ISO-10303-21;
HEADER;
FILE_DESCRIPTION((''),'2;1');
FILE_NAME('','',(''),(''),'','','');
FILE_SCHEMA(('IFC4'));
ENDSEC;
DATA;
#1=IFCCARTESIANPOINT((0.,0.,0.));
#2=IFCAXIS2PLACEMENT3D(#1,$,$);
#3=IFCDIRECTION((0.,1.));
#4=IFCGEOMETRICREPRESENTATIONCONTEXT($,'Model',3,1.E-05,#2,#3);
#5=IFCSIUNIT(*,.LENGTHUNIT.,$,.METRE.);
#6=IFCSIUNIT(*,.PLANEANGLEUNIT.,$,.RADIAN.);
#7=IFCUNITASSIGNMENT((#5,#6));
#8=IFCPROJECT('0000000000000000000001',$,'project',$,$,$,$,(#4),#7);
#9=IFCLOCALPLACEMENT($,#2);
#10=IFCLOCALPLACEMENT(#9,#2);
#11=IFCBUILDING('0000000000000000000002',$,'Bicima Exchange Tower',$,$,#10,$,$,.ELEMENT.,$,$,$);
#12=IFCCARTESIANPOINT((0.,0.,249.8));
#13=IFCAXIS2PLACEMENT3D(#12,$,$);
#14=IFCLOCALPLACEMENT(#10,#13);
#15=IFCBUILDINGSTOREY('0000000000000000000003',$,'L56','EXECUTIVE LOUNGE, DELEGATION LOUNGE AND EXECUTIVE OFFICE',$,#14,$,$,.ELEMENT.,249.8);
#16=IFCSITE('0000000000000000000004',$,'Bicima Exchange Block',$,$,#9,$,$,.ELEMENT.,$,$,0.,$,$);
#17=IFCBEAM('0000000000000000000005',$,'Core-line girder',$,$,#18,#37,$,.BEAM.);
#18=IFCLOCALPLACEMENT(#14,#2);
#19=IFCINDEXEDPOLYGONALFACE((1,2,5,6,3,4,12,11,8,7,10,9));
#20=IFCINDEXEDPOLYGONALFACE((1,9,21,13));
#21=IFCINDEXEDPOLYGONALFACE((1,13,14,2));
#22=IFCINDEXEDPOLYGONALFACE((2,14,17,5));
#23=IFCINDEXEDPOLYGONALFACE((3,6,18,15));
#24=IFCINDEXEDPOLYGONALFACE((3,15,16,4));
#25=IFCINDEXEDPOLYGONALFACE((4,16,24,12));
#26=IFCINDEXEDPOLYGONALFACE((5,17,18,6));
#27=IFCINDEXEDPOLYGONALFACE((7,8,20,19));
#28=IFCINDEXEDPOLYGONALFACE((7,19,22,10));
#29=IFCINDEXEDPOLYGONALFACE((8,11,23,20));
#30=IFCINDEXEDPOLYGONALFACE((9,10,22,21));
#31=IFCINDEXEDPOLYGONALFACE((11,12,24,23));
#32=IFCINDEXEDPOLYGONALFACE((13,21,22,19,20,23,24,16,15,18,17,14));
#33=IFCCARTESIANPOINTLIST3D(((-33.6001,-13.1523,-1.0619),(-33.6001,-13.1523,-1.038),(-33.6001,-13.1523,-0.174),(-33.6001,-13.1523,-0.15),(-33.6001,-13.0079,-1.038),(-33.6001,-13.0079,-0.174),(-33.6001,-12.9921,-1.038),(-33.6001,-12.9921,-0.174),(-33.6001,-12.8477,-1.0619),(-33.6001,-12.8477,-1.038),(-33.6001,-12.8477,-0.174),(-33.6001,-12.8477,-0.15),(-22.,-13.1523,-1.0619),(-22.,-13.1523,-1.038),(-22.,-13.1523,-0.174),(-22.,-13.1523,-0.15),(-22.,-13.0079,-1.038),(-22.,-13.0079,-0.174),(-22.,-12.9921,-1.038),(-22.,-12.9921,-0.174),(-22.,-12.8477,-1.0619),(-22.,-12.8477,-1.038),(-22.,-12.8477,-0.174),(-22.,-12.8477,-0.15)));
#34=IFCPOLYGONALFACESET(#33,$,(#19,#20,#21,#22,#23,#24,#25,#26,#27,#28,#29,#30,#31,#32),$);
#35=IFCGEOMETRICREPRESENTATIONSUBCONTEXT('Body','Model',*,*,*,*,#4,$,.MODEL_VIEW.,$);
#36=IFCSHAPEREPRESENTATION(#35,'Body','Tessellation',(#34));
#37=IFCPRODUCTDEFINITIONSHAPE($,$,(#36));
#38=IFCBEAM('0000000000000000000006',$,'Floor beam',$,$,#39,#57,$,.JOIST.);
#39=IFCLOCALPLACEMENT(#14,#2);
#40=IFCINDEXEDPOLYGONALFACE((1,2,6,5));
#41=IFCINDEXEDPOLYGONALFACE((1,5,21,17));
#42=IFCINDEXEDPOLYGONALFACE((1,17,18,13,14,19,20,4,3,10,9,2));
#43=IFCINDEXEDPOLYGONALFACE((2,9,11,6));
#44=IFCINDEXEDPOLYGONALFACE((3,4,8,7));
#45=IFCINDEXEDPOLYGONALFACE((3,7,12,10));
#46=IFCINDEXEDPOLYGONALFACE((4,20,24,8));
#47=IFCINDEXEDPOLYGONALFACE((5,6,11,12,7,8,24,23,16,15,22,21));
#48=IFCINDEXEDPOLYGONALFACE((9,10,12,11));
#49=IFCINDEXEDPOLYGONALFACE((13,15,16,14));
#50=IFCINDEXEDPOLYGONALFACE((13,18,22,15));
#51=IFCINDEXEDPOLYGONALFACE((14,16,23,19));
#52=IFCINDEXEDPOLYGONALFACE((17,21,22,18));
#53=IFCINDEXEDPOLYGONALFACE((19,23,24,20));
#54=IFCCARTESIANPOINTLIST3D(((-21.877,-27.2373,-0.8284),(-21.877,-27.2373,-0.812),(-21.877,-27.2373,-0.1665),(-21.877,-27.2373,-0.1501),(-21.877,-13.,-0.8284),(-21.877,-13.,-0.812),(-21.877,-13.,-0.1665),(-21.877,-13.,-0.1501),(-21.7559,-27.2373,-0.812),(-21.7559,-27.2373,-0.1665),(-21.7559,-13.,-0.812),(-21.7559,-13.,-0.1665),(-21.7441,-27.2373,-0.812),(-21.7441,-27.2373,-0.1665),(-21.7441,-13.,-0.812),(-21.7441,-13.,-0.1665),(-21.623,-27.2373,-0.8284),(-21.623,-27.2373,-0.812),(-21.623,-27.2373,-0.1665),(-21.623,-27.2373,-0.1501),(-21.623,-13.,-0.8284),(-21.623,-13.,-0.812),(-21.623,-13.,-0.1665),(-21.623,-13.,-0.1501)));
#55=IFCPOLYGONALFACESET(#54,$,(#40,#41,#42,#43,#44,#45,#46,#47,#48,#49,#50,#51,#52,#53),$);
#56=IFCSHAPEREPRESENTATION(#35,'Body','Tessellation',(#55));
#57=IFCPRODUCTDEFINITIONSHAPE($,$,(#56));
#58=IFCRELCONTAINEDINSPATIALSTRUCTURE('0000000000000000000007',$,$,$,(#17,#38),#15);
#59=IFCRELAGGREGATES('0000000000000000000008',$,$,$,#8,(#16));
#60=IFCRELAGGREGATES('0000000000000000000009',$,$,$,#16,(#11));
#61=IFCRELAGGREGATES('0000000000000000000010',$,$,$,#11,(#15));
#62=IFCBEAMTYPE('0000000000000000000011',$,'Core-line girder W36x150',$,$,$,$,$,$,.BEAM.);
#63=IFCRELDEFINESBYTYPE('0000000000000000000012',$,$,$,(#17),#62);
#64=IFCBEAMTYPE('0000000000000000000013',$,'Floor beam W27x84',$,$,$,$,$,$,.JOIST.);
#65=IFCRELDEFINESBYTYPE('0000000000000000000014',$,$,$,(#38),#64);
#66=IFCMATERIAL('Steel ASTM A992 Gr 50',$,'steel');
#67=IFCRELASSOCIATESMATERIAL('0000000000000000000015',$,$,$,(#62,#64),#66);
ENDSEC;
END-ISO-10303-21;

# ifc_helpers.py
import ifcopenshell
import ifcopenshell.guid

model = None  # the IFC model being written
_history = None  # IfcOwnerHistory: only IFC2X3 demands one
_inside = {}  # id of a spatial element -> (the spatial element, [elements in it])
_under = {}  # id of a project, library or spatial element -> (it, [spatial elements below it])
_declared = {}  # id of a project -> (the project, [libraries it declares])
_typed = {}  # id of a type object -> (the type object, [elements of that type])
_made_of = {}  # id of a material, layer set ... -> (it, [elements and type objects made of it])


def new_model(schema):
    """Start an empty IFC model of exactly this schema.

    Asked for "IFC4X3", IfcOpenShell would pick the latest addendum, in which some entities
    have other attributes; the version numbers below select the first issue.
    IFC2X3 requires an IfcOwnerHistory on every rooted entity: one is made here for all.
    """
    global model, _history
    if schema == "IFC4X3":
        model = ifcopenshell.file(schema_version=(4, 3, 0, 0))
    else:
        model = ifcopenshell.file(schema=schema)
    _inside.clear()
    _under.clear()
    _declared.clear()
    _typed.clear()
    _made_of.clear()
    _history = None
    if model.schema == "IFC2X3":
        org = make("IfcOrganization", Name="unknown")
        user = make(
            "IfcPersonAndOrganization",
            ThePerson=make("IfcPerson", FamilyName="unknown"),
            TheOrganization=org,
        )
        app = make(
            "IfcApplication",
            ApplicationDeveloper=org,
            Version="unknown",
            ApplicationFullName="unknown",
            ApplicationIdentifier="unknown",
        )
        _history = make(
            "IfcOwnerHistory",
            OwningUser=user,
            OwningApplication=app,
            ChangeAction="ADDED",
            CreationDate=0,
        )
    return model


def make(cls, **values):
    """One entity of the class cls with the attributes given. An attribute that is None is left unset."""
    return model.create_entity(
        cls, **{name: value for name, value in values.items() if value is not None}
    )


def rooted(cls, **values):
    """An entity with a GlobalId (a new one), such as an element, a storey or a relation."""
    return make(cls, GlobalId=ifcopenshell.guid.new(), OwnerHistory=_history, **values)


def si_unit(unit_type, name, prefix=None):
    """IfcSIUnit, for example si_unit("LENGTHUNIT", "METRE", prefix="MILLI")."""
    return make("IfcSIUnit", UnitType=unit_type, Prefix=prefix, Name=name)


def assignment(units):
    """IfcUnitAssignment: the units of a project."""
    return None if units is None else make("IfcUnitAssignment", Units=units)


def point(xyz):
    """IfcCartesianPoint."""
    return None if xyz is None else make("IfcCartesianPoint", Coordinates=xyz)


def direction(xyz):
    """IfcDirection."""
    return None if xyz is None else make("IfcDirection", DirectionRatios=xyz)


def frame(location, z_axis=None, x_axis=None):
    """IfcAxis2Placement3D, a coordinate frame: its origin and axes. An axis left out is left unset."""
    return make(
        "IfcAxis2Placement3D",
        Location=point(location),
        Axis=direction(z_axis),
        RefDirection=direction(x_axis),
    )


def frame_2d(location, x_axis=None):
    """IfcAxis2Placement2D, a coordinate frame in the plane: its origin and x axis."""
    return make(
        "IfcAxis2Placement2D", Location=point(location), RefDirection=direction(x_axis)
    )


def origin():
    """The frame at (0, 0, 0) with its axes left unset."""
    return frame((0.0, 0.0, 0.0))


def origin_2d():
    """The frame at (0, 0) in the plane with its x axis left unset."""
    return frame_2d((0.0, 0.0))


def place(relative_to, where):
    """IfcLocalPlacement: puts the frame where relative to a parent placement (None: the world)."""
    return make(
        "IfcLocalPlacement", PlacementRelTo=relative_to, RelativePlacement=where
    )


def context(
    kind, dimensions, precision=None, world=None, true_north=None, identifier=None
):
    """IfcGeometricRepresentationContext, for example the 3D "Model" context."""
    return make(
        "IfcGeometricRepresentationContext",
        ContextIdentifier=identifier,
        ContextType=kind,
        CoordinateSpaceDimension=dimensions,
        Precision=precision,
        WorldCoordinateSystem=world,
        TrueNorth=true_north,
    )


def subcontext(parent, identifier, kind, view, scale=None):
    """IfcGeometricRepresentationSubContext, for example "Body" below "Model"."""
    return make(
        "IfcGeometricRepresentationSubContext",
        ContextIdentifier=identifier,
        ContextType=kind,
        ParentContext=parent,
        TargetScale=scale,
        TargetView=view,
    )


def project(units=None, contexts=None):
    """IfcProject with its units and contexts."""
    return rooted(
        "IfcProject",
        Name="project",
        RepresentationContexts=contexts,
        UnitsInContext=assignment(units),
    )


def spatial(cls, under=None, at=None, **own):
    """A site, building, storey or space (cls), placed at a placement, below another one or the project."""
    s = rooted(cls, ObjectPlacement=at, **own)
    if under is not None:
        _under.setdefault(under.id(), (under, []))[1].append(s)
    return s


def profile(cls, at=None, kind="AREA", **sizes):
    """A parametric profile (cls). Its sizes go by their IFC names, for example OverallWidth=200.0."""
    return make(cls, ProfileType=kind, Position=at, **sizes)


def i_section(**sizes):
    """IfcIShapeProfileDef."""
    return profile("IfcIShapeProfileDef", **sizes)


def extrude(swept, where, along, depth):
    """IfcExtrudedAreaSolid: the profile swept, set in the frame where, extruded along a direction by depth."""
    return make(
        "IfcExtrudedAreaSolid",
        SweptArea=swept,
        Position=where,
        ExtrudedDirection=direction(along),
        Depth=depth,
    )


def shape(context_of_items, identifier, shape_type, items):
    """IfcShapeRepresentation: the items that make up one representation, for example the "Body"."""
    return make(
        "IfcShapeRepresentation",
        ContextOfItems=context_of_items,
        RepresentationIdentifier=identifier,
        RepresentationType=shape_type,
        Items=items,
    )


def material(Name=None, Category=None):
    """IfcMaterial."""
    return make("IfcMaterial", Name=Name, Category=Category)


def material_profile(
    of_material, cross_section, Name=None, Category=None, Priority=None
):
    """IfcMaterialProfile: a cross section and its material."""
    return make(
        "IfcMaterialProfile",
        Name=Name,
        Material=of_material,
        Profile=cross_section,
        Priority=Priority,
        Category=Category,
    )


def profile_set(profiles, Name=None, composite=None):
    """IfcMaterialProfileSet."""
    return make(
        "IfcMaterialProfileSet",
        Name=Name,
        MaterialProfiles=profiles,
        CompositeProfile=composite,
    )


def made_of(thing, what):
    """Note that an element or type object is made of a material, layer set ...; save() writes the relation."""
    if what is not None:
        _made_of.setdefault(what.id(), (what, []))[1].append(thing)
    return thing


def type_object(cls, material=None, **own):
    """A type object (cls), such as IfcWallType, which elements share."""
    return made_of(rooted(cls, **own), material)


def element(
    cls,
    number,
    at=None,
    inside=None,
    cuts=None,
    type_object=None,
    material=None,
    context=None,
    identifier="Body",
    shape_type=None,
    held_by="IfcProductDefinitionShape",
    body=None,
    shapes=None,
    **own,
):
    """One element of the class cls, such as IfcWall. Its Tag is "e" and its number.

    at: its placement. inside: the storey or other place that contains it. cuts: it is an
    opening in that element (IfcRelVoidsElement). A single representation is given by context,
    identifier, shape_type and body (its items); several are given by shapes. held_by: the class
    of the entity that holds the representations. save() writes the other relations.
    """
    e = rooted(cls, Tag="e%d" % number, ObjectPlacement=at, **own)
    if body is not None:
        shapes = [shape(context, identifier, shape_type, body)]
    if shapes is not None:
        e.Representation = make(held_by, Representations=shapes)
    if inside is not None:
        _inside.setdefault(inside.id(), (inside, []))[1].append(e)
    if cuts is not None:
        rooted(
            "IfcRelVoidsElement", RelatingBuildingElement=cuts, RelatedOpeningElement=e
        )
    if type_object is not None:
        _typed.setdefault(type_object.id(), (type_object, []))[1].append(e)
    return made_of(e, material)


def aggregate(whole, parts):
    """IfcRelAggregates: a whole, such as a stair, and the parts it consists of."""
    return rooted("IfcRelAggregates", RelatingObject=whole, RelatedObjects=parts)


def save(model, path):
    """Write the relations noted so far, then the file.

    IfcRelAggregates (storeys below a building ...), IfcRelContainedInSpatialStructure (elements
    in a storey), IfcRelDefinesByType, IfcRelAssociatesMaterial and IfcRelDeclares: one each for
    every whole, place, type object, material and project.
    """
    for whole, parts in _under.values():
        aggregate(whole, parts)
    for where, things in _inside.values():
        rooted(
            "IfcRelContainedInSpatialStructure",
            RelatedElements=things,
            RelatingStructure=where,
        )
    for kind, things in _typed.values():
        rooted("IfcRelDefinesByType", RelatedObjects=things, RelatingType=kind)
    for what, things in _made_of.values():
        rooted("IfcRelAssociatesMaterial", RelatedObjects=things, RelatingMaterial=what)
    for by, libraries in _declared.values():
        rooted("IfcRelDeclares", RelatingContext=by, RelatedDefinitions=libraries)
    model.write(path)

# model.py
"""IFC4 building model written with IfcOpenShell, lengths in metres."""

from ifc_helpers import new_model, si_unit, direction, frame, origin, origin_2d, place, context, subcontext, project, spatial, i_section, extrude, material, material_profile, profile_set, type_object, element, save


model = new_model("IFC4")

# Units and contexts
model_context = context("Model", 3, precision=1e-05, world=origin(), true_north=direction((0.0, 1.0)))
body_context = subcontext(model_context, "Body", "Model", "MODEL_VIEW")
ifc_project = project(units=[si_unit("LENGTHUNIT", "METRE"), si_unit("PLANEANGLEUNIT", "RADIAN")], contexts=[model_context])

# Site, building, storey
site_placement = place(None, origin())
site = spatial("IfcSite", under=ifc_project, at=site_placement, Name="Bicima Exchange Block", CompositionType="ELEMENT", RefElevation=0.0)
building_placement = place(site_placement, origin())
building = spatial("IfcBuilding", under=site, at=building_placement, Name="Bicima Exchange Tower", CompositionType="ELEMENT")
storey_placement = place(building_placement, frame((0.0, 0.0, 249.8)))
storey = spatial("IfcBuildingStorey", under=building, at=storey_placement, Name="L56", Description="EXECUTIVE LOUNGE, DELEGATION LOUNGE AND EXECUTIVE OFFICE", CompositionType="ELEMENT", Elevation=249.8)

# Beams
ifc_material_1 = material(Name="Steel ASTM A992 Gr 50", Category="steel")
ifc_material_profile_1 = material_profile(ifc_material_1, i_section(OverallWidth=0.3047, OverallDepth=0.9119, WebThickness=0.0159, FlangeThickness=0.0239, at=origin_2d()))
ifc_profile_set_1 = profile_set([ifc_material_profile_1], Name="Steel ASTM A992 Gr 50")
beam_type_1 = type_object("IfcBeamType", Name="Core-line girder W36x150", PredefinedType="BEAM", material=ifc_profile_set_1)
beam_1_placement = place(storey_placement, frame((-22.0, -13.0, -0.606), z_axis=(-1.0, 0.0, 0.0), x_axis=(0.0, -1.0, 0.0)))
element("IfcBeam", 1, at=beam_1_placement, inside=storey, type_object=beam_type_1, Name="Core-line girder", PredefinedType="BEAM", context=body_context, shape_type="SweptSolid", body=[
    extrude(i_section(OverallWidth=0.3047, OverallDepth=0.9119, WebThickness=0.0159, FlangeThickness=0.0239, at=origin_2d()), origin(), (0.0, 0.0, 1.0), 11.6001),
])
ifc_material_profile_2 = material_profile(ifc_material_1, i_section(OverallWidth=0.2539, OverallDepth=0.6782, WebThickness=0.0117, FlangeThickness=0.0164, at=origin_2d()))
ifc_profile_set_2 = profile_set([ifc_material_profile_2], Name="Steel ASTM A992 Gr 50")
beam_type_2 = type_object("IfcBeamType", Name="Floor beam W27x84", PredefinedType="JOIST", material=ifc_profile_set_2)
beam_2_placement = place(storey_placement, frame((-21.75, -13.0, -0.4893), z_axis=(0.0, -1.0, 0.0), x_axis=(1.0, 0.0, 0.0)))
element("IfcBeam", 2, at=beam_2_placement, inside=storey, type_object=beam_type_2, Name="Floor beam", PredefinedType="JOIST", context=body_context, shape_type="SweptSolid", body=[
    extrude(i_section(OverallWidth=0.2539, OverallDepth=0.6782, WebThickness=0.0117, FlangeThickness=0.0164, at=origin_2d()), origin(), (0.0, 0.0, 1.0), 14.2373),
])

save(model, "model.ifc")
